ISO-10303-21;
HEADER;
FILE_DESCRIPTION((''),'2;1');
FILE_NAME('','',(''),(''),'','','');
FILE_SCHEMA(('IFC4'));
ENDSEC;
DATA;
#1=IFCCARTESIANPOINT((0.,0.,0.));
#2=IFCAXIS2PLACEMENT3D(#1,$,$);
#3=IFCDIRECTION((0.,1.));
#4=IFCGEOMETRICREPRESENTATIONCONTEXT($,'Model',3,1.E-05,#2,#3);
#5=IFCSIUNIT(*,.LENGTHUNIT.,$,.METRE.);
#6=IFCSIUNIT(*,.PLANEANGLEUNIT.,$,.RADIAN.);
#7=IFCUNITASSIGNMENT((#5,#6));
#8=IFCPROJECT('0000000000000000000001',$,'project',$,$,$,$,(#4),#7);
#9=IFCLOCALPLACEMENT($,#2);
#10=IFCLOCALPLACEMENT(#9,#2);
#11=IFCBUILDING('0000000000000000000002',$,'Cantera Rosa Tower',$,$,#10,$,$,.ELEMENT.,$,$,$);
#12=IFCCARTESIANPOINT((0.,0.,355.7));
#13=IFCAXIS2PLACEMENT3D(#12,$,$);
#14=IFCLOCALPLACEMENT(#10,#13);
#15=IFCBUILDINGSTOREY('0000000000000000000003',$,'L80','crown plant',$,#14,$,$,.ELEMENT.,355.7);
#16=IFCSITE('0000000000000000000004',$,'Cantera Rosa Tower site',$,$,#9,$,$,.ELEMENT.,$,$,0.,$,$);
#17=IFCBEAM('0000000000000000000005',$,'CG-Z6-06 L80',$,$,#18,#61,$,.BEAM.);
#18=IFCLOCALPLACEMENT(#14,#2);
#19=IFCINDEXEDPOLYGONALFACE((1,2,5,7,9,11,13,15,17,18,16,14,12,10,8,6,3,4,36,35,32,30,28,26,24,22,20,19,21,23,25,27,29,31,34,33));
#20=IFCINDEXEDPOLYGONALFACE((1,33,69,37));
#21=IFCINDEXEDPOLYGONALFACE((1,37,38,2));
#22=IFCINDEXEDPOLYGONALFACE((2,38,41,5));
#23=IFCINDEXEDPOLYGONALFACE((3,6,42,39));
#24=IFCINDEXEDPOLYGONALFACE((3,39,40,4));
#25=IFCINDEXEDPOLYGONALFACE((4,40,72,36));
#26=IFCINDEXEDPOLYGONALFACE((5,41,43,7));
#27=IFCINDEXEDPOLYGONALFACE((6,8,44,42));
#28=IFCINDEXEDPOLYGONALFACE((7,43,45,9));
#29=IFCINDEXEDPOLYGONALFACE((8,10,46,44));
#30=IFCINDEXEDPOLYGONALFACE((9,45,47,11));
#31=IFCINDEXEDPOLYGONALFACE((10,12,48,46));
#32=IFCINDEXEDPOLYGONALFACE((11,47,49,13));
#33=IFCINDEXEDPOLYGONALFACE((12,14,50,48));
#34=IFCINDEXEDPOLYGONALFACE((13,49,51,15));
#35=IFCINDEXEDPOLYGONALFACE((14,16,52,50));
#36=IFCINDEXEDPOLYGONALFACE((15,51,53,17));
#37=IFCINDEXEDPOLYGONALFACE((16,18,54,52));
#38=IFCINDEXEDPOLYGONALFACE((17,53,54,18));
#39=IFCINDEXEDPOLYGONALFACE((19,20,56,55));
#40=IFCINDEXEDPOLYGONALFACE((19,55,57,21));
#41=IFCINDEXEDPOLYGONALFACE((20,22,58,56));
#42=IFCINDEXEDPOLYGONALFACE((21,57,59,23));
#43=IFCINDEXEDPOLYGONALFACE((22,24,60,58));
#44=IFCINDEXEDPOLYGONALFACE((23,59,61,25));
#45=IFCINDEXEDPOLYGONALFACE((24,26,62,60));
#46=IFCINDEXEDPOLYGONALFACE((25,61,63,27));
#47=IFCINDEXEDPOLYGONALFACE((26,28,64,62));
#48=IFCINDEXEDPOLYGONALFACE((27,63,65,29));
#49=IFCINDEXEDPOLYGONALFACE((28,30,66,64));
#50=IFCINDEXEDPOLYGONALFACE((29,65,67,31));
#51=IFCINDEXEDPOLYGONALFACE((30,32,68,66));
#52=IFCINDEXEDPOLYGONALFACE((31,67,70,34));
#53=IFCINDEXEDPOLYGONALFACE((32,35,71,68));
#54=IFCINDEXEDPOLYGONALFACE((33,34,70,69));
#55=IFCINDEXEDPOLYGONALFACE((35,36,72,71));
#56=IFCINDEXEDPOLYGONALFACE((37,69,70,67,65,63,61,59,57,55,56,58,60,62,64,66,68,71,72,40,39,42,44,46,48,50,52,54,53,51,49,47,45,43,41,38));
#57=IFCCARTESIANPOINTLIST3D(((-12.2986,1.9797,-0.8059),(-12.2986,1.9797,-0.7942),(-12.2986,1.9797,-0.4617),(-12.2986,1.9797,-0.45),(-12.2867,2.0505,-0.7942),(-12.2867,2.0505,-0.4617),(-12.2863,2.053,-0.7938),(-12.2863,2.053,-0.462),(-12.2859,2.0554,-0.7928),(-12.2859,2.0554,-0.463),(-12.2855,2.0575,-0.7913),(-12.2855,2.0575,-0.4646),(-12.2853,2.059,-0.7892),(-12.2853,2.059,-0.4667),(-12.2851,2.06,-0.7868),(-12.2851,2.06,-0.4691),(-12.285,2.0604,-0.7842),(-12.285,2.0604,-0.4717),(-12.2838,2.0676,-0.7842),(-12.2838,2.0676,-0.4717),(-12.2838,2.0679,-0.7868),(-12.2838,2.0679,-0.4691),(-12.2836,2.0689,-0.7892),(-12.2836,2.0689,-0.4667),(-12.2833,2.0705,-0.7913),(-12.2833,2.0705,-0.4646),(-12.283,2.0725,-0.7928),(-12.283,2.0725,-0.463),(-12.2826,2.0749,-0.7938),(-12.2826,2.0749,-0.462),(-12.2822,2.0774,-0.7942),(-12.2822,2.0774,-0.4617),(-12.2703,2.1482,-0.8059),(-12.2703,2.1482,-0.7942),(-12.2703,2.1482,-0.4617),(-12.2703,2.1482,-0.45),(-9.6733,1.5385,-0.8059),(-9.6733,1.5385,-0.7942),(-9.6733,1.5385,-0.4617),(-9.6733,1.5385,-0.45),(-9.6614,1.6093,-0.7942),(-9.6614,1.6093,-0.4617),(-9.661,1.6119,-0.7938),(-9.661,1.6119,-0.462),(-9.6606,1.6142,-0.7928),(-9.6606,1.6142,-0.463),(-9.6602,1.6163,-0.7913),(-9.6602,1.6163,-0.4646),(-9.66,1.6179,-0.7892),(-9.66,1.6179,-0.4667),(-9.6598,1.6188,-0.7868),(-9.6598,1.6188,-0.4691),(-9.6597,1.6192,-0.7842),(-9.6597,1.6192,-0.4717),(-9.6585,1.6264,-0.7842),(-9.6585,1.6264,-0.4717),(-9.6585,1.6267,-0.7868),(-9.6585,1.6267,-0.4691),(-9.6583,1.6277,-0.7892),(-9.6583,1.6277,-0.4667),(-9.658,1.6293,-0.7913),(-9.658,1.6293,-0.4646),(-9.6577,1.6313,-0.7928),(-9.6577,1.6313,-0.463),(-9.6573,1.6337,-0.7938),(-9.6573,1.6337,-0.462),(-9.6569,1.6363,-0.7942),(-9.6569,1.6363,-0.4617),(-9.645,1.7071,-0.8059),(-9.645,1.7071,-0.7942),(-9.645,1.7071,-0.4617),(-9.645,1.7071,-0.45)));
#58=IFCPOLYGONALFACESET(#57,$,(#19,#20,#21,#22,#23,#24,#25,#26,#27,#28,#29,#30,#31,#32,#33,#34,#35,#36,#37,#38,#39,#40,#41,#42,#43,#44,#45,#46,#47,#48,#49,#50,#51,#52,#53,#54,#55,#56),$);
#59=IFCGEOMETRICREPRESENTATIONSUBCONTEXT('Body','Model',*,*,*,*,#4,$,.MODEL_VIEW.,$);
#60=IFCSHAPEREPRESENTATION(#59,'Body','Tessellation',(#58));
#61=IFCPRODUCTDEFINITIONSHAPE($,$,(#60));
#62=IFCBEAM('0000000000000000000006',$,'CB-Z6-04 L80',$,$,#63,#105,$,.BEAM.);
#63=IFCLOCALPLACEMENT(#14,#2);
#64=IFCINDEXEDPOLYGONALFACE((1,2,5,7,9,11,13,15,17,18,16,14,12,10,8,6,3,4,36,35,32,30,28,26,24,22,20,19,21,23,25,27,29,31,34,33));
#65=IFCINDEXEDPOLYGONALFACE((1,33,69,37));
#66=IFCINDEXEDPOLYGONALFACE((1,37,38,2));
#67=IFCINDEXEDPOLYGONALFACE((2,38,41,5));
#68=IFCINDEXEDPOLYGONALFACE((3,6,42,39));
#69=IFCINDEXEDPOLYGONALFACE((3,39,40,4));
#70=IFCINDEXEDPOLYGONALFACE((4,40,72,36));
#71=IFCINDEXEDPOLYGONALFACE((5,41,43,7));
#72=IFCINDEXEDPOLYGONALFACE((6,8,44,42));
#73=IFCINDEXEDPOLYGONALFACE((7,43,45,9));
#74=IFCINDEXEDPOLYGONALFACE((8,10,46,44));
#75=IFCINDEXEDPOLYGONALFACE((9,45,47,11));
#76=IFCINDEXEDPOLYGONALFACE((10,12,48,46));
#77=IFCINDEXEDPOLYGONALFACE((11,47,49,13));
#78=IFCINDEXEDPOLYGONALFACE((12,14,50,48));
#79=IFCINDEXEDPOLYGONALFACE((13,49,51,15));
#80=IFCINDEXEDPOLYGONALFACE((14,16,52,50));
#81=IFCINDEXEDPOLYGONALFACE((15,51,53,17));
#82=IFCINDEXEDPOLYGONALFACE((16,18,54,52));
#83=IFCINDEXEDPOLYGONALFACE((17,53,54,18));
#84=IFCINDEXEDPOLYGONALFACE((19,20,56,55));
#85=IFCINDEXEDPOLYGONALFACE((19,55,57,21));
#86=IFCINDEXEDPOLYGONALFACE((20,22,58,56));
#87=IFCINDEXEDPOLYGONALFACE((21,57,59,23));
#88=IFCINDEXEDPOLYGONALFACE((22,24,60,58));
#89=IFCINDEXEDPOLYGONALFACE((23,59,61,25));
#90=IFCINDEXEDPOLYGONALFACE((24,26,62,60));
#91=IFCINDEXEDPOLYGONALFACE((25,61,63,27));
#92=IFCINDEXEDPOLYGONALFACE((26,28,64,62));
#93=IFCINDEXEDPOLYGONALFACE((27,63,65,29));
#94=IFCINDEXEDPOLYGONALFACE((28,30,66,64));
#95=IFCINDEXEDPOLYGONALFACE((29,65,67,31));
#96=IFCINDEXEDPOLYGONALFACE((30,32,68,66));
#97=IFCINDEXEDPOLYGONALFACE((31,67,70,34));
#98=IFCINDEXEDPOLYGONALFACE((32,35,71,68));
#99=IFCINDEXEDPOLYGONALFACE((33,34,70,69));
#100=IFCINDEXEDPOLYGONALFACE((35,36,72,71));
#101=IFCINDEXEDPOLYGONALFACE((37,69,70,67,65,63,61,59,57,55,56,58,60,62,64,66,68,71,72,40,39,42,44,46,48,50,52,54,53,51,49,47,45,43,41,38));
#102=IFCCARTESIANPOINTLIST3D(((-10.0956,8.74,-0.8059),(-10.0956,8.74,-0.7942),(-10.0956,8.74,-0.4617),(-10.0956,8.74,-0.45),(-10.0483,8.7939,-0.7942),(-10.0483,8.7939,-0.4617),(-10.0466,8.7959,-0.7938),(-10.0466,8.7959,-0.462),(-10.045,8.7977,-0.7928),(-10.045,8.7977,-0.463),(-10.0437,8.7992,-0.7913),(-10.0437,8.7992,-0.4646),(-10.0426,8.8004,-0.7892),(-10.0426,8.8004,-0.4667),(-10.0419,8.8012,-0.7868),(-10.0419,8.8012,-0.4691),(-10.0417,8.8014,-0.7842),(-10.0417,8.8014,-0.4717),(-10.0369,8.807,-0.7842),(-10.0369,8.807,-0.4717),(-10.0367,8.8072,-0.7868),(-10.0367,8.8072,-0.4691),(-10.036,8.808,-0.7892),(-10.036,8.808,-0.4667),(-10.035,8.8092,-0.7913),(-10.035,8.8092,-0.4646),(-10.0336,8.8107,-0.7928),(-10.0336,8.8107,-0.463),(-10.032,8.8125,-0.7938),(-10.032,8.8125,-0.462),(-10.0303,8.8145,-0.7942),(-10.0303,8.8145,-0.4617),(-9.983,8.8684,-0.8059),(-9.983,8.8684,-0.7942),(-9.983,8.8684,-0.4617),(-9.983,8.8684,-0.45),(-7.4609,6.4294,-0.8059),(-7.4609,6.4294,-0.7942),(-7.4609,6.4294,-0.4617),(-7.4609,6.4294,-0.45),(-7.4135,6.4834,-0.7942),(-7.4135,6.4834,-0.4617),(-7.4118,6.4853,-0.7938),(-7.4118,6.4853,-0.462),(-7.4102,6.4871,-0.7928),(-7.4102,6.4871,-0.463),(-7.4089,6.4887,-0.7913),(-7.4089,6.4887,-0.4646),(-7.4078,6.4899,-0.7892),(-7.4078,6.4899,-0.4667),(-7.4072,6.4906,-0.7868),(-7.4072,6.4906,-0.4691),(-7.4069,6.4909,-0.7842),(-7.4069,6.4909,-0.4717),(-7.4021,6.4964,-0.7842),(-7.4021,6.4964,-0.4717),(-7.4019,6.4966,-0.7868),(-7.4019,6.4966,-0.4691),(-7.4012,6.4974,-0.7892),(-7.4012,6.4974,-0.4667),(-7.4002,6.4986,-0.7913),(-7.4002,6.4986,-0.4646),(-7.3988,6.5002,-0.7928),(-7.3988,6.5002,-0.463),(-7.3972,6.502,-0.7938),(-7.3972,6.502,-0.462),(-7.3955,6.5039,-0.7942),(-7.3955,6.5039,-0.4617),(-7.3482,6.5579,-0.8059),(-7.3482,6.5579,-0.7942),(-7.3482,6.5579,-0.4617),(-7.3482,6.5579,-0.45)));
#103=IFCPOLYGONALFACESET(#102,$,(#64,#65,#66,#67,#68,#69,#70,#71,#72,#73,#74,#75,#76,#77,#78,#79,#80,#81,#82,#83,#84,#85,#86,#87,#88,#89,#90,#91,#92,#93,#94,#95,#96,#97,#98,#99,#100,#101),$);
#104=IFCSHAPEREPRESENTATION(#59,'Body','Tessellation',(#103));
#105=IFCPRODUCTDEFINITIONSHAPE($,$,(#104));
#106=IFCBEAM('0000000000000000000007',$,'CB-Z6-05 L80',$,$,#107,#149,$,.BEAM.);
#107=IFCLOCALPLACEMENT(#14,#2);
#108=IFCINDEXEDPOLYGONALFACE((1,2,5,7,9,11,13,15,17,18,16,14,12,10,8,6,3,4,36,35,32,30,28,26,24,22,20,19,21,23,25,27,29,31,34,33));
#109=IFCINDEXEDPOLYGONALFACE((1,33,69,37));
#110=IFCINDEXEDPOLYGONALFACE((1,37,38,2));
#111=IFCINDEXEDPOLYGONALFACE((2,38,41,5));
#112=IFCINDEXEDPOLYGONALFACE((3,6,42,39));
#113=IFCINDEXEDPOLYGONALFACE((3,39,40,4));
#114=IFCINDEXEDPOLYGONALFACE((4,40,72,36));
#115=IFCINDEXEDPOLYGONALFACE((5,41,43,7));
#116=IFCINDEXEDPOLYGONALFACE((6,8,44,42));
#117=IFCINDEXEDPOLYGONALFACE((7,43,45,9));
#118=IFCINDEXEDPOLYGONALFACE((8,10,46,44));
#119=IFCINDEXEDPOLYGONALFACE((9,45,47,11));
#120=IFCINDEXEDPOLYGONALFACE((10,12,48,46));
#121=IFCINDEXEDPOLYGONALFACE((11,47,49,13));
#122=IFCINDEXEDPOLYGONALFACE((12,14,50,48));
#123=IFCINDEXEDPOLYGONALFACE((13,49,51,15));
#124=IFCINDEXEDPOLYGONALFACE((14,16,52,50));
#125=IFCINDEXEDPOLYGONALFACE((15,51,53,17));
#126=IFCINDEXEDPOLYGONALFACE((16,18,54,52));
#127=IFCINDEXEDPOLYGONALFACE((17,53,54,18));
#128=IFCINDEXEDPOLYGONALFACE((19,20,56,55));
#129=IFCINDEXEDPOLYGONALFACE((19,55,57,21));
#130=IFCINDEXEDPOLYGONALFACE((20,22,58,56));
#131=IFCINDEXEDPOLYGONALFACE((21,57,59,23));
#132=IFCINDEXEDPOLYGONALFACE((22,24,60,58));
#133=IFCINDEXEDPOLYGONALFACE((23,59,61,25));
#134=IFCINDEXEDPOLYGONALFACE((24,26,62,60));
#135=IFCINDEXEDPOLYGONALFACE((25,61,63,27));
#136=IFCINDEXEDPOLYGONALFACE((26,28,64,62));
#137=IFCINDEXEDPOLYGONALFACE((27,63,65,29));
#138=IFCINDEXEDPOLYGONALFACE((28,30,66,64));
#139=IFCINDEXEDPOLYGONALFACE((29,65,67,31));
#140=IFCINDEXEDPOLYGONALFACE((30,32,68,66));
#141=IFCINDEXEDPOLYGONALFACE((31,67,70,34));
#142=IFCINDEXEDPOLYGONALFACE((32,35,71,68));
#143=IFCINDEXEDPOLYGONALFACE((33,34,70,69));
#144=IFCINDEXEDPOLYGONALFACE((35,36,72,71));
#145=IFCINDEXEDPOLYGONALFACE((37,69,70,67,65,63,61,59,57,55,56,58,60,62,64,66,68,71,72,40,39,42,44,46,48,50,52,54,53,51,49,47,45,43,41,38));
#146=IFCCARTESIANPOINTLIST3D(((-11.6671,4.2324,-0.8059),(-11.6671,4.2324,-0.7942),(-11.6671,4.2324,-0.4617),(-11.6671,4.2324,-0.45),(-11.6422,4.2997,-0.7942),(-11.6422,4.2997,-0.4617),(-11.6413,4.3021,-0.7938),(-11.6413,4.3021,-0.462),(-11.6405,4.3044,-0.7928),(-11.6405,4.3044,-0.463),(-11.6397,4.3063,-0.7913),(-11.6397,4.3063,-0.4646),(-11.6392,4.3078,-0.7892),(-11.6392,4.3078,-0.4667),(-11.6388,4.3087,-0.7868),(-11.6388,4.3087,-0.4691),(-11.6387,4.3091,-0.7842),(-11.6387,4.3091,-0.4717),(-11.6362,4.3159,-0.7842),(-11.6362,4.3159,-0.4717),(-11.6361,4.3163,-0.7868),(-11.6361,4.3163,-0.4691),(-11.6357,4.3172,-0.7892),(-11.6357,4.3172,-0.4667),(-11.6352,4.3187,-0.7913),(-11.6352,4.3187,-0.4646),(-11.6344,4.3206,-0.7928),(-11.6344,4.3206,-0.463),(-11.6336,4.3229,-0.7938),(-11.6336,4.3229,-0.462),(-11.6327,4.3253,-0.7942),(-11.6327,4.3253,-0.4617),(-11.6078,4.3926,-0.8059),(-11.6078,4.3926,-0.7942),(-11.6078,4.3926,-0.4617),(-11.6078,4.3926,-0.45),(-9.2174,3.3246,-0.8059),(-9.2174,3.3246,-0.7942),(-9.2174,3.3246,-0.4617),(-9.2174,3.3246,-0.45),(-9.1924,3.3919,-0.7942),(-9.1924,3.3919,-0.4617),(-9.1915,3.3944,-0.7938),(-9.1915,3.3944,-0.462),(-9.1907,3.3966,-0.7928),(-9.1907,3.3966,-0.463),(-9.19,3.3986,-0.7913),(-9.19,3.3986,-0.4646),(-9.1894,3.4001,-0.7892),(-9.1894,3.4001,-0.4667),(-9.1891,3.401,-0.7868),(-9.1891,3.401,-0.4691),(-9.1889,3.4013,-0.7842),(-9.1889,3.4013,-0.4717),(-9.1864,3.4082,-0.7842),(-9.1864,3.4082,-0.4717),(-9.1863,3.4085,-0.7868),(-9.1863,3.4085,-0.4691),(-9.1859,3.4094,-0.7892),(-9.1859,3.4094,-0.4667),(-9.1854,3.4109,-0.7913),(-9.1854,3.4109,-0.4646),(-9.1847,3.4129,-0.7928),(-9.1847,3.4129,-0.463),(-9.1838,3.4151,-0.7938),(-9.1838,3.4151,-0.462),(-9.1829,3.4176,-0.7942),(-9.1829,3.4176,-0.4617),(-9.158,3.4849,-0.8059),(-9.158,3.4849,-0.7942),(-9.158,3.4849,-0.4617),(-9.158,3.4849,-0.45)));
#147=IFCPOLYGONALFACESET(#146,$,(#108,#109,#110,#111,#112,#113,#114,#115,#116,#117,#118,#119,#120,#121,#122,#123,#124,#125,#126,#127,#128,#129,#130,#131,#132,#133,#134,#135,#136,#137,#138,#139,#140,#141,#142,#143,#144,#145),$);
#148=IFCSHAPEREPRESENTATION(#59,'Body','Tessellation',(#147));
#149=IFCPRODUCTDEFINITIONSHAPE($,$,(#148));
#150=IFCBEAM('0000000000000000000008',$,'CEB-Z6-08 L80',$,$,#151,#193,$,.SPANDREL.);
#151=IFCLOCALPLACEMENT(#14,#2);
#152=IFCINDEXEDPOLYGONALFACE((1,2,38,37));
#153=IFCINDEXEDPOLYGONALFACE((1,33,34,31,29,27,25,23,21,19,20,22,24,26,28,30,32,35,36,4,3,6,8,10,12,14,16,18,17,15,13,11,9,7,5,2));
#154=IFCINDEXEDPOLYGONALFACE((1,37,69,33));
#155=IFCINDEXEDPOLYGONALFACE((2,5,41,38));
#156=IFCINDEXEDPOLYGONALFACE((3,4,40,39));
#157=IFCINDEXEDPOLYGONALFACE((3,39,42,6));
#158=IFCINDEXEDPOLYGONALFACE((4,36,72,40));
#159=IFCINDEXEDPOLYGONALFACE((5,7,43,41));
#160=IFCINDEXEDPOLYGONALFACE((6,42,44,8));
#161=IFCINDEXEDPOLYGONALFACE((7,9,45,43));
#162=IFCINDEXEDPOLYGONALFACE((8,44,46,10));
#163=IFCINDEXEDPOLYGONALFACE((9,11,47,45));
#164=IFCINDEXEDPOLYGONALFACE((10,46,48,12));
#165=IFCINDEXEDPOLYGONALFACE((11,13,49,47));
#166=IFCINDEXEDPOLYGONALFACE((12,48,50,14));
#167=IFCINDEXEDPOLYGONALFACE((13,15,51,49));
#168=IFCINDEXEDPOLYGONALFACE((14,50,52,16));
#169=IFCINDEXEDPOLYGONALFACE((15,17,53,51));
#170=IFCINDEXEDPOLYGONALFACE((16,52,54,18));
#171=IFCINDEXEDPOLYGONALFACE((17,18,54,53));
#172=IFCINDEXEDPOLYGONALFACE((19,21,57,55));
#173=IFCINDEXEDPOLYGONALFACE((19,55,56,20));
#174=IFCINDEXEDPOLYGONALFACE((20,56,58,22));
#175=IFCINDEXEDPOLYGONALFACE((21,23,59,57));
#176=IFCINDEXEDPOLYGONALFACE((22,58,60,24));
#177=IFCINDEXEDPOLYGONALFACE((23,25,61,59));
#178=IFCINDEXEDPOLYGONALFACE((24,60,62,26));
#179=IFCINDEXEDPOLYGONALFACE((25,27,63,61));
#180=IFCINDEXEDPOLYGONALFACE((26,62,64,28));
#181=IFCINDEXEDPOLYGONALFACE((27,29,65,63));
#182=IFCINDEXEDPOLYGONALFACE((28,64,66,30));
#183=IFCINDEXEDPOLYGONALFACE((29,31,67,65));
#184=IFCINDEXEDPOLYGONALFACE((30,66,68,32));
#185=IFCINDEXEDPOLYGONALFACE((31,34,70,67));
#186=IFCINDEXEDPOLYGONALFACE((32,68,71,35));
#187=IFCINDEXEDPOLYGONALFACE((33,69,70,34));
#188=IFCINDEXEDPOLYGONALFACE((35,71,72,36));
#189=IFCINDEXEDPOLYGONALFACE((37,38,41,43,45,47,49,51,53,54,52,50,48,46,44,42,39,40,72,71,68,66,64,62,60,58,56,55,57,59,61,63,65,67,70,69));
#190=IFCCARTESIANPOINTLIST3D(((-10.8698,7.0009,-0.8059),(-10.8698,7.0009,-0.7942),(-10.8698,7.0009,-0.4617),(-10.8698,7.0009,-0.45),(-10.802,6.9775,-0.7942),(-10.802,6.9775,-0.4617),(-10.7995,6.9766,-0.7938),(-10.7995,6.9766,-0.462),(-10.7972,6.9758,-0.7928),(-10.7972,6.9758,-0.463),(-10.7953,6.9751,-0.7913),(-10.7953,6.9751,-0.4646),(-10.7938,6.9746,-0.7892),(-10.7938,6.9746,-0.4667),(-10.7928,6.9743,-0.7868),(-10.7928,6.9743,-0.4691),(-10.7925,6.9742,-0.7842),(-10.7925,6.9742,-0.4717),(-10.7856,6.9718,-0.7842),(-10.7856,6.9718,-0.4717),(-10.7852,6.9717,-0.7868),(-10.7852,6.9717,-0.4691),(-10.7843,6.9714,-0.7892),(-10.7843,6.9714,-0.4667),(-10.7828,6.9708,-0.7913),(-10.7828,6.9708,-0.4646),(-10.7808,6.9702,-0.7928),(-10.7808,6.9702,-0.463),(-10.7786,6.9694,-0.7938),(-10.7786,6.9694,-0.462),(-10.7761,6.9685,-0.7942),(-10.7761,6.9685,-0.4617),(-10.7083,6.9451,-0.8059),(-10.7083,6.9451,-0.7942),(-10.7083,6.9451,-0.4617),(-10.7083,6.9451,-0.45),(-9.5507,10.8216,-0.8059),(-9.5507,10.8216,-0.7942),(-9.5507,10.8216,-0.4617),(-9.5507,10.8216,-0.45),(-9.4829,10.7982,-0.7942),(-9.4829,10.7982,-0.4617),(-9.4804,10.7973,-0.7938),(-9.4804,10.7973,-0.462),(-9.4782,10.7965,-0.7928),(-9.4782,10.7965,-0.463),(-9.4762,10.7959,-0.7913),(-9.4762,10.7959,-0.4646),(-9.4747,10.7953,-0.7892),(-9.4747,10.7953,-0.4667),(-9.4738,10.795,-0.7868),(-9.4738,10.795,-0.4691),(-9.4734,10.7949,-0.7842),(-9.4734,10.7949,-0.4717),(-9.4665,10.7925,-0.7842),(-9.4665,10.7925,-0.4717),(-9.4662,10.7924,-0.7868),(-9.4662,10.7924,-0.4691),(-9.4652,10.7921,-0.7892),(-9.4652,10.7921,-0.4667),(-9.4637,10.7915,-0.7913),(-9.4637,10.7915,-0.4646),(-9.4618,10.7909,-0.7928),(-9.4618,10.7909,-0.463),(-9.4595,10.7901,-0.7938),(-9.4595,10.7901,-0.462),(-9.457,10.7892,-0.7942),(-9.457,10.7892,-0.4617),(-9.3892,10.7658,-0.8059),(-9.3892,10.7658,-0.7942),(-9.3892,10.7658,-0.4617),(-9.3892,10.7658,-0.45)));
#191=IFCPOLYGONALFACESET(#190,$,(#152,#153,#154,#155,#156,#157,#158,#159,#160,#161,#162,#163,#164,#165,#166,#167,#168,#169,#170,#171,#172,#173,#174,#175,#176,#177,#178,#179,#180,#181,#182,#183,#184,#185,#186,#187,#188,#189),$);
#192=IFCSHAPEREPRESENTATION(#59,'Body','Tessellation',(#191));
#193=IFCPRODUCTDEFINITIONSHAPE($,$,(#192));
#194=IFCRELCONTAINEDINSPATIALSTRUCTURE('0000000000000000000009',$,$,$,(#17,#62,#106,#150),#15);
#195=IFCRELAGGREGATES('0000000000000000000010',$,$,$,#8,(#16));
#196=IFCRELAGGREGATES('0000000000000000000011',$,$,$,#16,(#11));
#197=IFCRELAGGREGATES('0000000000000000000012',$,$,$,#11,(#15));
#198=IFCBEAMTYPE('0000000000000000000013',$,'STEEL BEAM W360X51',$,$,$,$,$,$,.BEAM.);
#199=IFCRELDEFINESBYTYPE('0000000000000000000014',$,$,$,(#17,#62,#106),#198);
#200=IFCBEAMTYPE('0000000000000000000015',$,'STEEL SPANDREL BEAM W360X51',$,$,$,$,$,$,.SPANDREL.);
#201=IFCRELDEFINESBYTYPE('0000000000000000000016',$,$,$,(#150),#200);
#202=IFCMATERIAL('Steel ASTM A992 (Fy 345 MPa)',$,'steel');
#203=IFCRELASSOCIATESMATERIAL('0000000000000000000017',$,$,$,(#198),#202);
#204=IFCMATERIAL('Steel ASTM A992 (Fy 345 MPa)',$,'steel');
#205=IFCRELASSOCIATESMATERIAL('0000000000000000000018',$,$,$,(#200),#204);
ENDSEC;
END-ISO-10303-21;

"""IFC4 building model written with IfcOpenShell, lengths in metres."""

from ifc_helpers import new_model, si_unit, direction, frame, origin, origin_2d, place, context, subcontext, project, spatial, i_section, extrude, material, material_profile, profile_set, type_object, element, save


model = new_model("IFC4")

# Units and contexts
model_context = context("Model", 3, precision=1e-05, world=origin(), true_north=direction((0.0, 1.0)))
body_context = subcontext(model_context, "Body", "Model", "MODEL_VIEW")
ifc_project = project(units=[si_unit("LENGTHUNIT", "METRE"), si_unit("PLANEANGLEUNIT", "RADIAN")], contexts=[model_context])

# Site, building, storey
site_placement = place(None, origin())
site = spatial("IfcSite", under=ifc_project, at=site_placement, Name="Cantera Rosa Tower site", CompositionType="ELEMENT", RefElevation=0.0)
building_placement = place(site_placement, origin())
building = spatial("IfcBuilding", under=site, at=building_placement, Name="Cantera Rosa Tower", CompositionType="ELEMENT")
storey_placement = place(building_placement, frame((0.0, 0.0, 355.7)))
storey = spatial("IfcBuildingStorey", under=building, at=storey_placement, Name="L80", Description="crown plant", CompositionType="ELEMENT", Elevation=355.7)

# Beams
ifc_material_1 = material(Name="Steel ASTM A992 (Fy 345 MPa)", Category="steel")
ifc_material_profile_1 = material_profile(ifc_material_1, i_section(OverallWidth=0.1709, OverallDepth=0.356, WebThickness=0.0073, FlangeThickness=0.0117, FilletRadius=0.01, at=origin_2d()), Name="W360X51")
ifc_profile_set_1 = profile_set([ifc_material_profile_1], Name="Steel ASTM A992 (Fy 345 MPa)")
beam_type_1 = type_object("IfcBeamType", Name="STEEL BEAM W360X51", PredefinedType="BEAM", material=ifc_profile_set_1)
beam_1_placement = place(storey_placement, frame((-12.2844, 2.064, -0.6279), z_axis=(0.986172, -0.165722, 0.0), x_axis=(0.165722, 0.986172, 0.0)))
element("IfcBeam", 1, at=beam_1_placement, inside=storey, type_object=beam_type_1, Name="CG-Z6-06 L80", PredefinedType="BEAM", context=body_context, shape_type="SweptSolid", body=[
    extrude(i_section(OverallWidth=0.1709, OverallDepth=0.356, WebThickness=0.0073, FlangeThickness=0.0117, FilletRadius=0.01, at=origin_2d()), origin(), (0.0, 0.0, 1.0), 2.6621),
])
beam_2_placement = place(storey_placement, frame((-10.0393, 8.8042, -0.6279), z_axis=(0.751851, -0.659333, 0.0), x_axis=(0.659333, 0.751851, 0.0)))
element("IfcBeam", 2, at=beam_2_placement, inside=storey, type_object=beam_type_1, Name="CB-Z6-04 L80", PredefinedType="BEAM", context=body_context, shape_type="SweptSolid", body=[
    extrude(i_section(OverallWidth=0.1709, OverallDepth=0.356, WebThickness=0.0073, FlangeThickness=0.0117, FilletRadius=0.01, at=origin_2d()), origin(), (0.0, 0.0, 1.0), 3.5044),
])
beam_3_placement = place(storey_placement, frame((-11.6375, 4.3125, -0.6279), z_axis=(0.937697, -0.347454, 0.0), x_axis=(0.347454, 0.937697, 0.0)))
element("IfcBeam", 3, at=beam_3_placement, inside=storey, type_object=beam_type_1, Name="CB-Z6-05 L80", PredefinedType="BEAM", context=body_context, shape_type="SweptSolid", body=[
    extrude(i_section(OverallWidth=0.1709, OverallDepth=0.356, WebThickness=0.0073, FlangeThickness=0.0117, FilletRadius=0.01, at=origin_2d()), origin(), (0.0, 0.0, 1.0), 2.6125),
])
ifc_material_2 = material(Name="Steel ASTM A992 (Fy 345 MPa)", Category="steel")
ifc_material_profile_2 = material_profile(ifc_material_2, i_section(OverallWidth=0.1709, OverallDepth=0.356, WebThickness=0.0073, FlangeThickness=0.0117, FilletRadius=0.01, at=origin_2d()), Name="W360X51")
ifc_profile_set_2 = profile_set([ifc_material_profile_2], Name="Steel ASTM A992 (Fy 345 MPa)")
beam_type_2 = type_object("IfcBeamType", Name="STEEL SPANDREL BEAM W360X51", PredefinedType="SPANDREL", material=ifc_profile_set_2)
beam_4_placement = place(storey_placement, frame((-9.47, 10.7937, -0.6279), z_axis=(-0.326339, -0.945253, 0.0), x_axis=(0.945253, -0.326339, 0.0)))
element("IfcBeam", 4, at=beam_4_placement, inside=storey, type_object=beam_type_2, Name="CEB-Z6-08 L80", PredefinedType="SPANDREL", context=body_context, shape_type="SweptSolid", body=[
    extrude(i_section(OverallWidth=0.1709, OverallDepth=0.356, WebThickness=0.0073, FlangeThickness=0.0117, FilletRadius=0.01, at=origin_2d()), origin(), (0.0, 0.0, 1.0), 4.042),
])

save(model, "model.ifc")
